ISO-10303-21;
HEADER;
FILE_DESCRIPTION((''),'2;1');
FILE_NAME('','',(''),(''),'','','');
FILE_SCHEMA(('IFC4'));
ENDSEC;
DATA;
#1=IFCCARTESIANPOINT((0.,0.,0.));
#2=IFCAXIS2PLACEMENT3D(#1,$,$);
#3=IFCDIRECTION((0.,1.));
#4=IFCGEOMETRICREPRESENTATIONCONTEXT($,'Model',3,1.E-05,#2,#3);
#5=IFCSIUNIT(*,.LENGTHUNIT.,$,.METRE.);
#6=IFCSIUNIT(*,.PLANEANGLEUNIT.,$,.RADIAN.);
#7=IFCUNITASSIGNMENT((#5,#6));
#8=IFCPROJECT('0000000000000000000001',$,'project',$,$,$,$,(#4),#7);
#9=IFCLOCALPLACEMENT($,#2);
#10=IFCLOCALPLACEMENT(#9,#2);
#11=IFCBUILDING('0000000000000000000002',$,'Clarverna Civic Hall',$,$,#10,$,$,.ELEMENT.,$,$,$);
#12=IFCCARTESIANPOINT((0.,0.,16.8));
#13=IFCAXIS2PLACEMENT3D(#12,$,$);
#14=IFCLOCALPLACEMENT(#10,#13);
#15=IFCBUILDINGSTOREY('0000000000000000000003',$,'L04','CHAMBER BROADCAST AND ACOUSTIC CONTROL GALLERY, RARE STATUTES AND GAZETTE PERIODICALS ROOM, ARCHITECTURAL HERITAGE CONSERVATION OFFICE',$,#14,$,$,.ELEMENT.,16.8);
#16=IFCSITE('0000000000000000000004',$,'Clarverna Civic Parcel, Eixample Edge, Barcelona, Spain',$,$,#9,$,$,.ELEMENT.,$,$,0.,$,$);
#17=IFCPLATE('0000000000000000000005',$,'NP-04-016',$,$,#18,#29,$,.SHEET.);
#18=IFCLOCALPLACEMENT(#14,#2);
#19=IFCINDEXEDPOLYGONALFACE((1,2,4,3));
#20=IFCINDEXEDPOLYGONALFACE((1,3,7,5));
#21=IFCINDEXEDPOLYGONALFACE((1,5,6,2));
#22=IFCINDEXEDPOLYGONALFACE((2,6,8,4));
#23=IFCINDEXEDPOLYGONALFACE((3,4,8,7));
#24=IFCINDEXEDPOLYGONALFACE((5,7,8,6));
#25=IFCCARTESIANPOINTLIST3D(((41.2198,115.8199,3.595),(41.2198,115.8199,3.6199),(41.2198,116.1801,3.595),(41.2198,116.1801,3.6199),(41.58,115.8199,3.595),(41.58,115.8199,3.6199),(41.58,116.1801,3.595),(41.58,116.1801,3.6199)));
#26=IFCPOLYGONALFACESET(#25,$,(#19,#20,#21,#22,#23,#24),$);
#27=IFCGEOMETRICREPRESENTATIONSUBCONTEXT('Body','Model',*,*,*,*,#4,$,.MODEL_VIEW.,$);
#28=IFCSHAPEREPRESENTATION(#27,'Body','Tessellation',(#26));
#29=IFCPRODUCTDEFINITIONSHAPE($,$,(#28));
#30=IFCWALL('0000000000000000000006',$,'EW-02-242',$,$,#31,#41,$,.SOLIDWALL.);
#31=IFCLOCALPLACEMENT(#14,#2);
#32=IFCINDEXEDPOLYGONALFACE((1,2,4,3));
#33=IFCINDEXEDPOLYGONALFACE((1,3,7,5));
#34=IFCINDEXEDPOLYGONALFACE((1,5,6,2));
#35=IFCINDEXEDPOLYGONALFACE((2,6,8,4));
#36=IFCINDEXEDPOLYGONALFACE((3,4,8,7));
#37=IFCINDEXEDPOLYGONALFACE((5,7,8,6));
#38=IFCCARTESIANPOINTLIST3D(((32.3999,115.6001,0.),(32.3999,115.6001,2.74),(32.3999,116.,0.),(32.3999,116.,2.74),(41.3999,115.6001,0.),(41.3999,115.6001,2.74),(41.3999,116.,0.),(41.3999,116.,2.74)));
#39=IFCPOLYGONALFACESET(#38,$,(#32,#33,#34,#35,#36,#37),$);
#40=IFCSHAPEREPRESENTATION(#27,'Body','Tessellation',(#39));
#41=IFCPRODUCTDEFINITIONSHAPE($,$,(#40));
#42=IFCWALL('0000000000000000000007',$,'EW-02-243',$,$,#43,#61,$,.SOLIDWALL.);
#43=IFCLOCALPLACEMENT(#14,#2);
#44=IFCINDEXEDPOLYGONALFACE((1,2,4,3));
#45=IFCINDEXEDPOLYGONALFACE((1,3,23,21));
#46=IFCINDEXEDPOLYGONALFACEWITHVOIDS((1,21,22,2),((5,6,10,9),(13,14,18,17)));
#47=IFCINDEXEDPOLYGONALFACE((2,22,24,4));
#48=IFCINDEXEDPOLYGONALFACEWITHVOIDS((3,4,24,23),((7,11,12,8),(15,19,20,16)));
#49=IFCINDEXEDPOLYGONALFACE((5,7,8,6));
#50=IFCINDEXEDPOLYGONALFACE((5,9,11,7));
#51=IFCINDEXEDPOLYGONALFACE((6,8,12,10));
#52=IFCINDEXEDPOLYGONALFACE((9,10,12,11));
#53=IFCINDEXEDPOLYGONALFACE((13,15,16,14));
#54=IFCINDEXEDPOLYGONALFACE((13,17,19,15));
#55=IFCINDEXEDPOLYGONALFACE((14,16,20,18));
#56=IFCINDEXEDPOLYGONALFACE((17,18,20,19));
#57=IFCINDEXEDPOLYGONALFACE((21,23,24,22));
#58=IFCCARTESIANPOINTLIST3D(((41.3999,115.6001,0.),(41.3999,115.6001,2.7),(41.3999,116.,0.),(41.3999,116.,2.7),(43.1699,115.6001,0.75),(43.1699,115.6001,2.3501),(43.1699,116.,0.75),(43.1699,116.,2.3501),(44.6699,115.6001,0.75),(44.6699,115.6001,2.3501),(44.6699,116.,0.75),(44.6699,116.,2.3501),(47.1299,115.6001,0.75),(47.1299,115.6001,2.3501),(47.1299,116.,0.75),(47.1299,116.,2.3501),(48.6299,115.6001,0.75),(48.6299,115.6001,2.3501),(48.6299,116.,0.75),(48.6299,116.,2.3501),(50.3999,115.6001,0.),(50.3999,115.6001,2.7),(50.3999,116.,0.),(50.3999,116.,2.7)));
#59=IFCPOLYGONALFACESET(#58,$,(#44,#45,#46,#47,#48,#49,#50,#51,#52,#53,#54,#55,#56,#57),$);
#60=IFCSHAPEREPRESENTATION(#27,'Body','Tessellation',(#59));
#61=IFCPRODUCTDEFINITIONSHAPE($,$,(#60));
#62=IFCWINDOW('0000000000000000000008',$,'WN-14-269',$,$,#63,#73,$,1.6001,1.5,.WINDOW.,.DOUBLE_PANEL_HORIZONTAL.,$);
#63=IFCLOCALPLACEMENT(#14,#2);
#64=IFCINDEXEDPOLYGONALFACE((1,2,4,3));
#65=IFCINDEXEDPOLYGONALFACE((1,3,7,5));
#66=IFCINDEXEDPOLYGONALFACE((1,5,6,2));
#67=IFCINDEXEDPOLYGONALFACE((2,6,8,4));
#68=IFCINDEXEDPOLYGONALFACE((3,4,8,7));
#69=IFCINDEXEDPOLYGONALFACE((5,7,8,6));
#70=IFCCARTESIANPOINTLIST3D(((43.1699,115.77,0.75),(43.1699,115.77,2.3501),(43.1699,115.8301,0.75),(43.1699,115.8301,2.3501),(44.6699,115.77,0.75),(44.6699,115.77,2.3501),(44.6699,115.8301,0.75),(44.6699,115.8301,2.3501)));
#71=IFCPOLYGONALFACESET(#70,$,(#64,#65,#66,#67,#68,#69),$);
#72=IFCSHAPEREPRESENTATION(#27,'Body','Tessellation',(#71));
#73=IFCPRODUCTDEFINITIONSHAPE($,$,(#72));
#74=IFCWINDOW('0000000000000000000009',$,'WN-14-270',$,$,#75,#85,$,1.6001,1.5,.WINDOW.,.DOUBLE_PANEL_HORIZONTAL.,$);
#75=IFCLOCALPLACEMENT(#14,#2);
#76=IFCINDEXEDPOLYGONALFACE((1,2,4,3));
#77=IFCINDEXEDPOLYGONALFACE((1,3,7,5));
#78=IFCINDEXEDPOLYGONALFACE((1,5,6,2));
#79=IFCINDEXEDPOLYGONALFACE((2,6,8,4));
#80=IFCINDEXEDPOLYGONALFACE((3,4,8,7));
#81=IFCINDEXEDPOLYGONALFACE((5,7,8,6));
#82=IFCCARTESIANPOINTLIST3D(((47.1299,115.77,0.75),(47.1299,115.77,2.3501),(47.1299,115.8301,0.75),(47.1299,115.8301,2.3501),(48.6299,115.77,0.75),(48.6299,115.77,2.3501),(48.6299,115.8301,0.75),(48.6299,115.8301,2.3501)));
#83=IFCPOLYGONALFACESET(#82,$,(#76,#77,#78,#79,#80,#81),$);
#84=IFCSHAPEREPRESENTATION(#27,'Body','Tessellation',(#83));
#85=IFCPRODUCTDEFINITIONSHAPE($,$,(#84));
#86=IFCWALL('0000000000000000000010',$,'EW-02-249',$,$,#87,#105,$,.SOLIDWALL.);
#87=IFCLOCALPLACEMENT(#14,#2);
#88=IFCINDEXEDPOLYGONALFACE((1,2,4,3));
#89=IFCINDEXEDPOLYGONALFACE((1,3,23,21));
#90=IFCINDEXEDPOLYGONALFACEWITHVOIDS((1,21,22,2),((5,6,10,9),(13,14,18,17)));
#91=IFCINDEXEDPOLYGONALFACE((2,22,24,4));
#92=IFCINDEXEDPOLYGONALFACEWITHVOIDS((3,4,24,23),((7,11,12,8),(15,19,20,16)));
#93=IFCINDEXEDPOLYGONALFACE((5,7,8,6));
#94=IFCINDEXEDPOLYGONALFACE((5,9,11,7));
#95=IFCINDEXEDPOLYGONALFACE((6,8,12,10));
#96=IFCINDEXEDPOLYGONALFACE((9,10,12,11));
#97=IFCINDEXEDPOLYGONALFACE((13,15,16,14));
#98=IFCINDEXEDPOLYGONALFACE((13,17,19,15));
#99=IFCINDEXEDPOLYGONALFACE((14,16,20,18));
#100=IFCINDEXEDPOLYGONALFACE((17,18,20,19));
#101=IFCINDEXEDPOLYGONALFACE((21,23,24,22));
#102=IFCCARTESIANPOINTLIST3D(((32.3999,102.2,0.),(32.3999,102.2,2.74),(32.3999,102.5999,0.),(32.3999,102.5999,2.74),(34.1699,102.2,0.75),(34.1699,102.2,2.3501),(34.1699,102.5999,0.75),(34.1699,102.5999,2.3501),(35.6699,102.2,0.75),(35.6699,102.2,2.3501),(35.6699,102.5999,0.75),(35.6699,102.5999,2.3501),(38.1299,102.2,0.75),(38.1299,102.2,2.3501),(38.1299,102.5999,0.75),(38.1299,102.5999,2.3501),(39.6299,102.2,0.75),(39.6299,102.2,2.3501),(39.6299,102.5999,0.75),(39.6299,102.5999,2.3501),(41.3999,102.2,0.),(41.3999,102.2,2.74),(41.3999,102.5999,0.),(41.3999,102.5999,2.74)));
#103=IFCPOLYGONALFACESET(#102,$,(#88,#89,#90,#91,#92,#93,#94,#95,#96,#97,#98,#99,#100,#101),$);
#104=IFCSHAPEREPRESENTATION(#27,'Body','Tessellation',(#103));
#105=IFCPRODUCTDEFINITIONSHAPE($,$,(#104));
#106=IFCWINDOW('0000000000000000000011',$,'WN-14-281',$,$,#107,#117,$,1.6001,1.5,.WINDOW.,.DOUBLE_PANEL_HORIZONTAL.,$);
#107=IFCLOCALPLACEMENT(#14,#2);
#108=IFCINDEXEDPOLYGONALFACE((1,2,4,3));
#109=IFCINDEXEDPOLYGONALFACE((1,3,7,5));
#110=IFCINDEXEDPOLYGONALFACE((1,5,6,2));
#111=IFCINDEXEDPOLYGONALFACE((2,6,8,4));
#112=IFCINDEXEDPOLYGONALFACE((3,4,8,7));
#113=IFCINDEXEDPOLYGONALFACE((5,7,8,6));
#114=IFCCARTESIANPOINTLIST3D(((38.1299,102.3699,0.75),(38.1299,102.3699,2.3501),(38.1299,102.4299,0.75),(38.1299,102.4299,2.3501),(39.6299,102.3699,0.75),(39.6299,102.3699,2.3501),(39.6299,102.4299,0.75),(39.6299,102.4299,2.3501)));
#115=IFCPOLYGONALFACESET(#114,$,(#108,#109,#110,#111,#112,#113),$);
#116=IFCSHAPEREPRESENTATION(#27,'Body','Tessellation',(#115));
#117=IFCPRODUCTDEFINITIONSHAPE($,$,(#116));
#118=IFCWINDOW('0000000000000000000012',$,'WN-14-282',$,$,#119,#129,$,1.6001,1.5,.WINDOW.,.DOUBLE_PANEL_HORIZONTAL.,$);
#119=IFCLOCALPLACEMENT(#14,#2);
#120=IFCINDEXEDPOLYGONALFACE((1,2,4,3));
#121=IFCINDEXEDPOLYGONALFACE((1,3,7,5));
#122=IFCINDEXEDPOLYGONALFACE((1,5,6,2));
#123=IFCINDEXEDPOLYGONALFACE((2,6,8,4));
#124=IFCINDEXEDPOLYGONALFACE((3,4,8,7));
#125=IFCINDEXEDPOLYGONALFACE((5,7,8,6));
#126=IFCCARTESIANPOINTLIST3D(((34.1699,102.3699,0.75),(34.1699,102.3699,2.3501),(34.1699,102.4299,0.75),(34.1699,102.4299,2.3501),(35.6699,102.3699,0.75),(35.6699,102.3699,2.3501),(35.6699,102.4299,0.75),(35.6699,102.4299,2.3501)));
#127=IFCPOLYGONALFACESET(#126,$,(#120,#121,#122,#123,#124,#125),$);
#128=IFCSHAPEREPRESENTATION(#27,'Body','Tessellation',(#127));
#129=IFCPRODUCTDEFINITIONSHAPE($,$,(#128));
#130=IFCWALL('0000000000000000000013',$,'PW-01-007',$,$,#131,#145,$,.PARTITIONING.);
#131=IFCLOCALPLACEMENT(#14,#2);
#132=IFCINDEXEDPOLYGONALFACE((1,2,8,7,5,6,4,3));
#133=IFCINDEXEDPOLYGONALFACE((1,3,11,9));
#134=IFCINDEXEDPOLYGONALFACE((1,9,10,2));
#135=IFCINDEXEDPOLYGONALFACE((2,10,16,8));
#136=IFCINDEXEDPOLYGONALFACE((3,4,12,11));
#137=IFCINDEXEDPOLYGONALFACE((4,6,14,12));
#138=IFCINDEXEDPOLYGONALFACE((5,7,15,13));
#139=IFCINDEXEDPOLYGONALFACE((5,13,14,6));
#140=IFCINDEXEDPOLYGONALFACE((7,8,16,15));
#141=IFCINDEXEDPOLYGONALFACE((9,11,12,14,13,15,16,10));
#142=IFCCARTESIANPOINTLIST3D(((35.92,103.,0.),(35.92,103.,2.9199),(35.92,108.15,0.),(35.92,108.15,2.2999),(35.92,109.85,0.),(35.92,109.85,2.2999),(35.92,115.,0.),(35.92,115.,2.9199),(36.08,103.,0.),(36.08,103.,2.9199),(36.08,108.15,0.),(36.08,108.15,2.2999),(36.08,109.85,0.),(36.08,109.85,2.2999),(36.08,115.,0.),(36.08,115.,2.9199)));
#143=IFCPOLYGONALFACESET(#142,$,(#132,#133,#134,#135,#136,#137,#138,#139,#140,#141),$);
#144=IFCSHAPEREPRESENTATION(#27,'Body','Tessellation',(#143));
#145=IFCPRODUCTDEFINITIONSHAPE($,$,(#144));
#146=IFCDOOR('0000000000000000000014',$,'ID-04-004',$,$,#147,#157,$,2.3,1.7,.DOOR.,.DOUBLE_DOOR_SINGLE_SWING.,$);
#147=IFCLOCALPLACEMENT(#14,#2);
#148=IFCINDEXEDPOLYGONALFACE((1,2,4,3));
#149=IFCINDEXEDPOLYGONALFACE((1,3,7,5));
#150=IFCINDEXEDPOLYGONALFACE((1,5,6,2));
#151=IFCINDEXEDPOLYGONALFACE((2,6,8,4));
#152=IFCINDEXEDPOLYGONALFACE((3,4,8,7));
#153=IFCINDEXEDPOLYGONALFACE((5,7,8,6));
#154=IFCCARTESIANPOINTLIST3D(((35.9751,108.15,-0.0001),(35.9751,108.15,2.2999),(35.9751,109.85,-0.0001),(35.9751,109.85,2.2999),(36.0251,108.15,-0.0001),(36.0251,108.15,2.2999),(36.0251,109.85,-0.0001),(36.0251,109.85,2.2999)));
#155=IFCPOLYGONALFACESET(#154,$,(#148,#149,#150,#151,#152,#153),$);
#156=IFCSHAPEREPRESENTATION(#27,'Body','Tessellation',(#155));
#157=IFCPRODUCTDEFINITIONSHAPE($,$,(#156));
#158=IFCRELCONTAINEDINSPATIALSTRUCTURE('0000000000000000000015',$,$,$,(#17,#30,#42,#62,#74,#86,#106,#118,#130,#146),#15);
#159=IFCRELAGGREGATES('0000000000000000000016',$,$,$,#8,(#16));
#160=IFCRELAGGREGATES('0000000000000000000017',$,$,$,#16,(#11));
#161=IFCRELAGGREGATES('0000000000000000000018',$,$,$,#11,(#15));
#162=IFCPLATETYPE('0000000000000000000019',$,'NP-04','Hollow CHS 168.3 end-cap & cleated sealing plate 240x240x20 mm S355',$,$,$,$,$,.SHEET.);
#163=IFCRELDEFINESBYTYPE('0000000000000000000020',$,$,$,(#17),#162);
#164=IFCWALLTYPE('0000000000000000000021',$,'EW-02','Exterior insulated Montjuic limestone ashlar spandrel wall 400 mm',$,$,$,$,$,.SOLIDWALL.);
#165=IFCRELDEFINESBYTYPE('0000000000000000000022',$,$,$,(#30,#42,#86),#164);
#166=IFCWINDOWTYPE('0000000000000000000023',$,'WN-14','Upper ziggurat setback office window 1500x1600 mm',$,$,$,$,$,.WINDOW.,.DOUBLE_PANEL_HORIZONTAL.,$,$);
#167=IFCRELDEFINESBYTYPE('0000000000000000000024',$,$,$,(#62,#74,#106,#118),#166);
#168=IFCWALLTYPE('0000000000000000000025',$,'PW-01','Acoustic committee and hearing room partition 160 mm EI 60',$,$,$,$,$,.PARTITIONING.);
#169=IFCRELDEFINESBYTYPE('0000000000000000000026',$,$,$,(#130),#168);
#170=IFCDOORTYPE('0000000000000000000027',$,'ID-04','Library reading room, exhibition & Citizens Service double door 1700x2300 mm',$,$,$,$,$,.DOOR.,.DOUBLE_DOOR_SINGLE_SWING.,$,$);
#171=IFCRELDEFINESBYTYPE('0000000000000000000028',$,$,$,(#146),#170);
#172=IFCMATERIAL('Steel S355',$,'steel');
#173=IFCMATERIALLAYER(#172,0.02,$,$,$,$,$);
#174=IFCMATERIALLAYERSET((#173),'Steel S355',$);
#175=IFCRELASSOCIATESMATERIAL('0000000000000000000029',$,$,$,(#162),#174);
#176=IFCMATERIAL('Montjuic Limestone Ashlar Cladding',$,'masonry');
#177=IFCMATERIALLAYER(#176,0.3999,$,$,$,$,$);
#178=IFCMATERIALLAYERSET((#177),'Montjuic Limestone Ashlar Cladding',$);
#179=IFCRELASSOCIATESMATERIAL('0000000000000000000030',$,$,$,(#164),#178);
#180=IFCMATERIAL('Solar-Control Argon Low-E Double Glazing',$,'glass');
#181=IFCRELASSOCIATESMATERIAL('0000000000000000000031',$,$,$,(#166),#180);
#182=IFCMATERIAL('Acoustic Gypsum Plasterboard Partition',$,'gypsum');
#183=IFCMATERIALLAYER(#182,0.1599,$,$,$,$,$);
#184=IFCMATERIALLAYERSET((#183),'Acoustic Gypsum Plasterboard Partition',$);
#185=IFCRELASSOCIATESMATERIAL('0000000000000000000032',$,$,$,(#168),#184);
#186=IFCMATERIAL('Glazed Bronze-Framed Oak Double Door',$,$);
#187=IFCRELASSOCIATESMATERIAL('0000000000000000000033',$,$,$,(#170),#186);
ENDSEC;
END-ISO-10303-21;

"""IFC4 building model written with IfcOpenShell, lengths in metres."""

from ifc_helpers import new_model, si_unit, direction, frame, frame_2d, origin, origin_2d, place, context, subcontext, project, spatial, rectangle, extrude, material, layer, layer_set, type_object, element, fill, save


model = new_model("IFC4")

# Units and contexts
model_context = context("Model", 3, precision=1e-05, world=origin(), true_north=direction((0.0, 1.0)))
body_context = subcontext(model_context, "Body", "Model", "MODEL_VIEW")
ifc_project = project(units=[si_unit("LENGTHUNIT", "METRE"), si_unit("PLANEANGLEUNIT", "RADIAN")], contexts=[model_context])

# Site, building, storey
site_placement = place(None, origin())
site = spatial("IfcSite", under=ifc_project, at=site_placement, Name="Clarverna Civic Parcel, Eixample Edge, Barcelona, Spain", CompositionType="ELEMENT", RefElevation=0.0)
building_placement = place(site_placement, origin())
building = spatial("IfcBuilding", under=site, at=building_placement, Name="Clarverna Civic Hall", CompositionType="ELEMENT")
storey_placement = place(building_placement, frame((0.0, 0.0, 16.8)))
storey = spatial("IfcBuildingStorey", under=building, at=storey_placement, Name="L04", Description="CHAMBER BROADCAST AND ACOUSTIC CONTROL GALLERY, RARE STATUTES AND GAZETTE PERIODICALS ROOM, ARCHITECTURAL HERITAGE CONSERVATION OFFICE", CompositionType="ELEMENT", Elevation=16.8)

# Shared definitions
ifc_material_1 = material(Name="Steel S355", Category="steel")

# Plate
ifc_layer_1 = layer(ifc_material_1, 0.02)
ifc_layer_set_1 = layer_set([ifc_layer_1], Name="Steel S355")
plate_type = type_object("IfcPlateType", Name="NP-04", Description="Hollow CHS 168.3 end-cap & cleated sealing plate 240x240x20 mm S355", PredefinedType="SHEET", material=ifc_layer_set_1)
plate_placement = place(storey_placement, frame((41.3999, 116.0, 3.595), z_axis=(0.0, 0.0, 1.0), x_axis=(1.0, 0.0, 0.0)))
element("IfcPlate", 1, at=plate_placement, inside=storey, type_object=plate_type, Name="NP-04-016", PredefinedType="SHEET", context=body_context, shape_type="SweptSolid", body=[
    extrude(rectangle(XDim=0.3601, YDim=0.3601, at=origin_2d()), origin(), (0.0, 0.0, 1.0), 0.0249),
])

# Wall
ifc_material_2 = material(Name="Montjuic Limestone Ashlar Cladding", Category="masonry")
ifc_layer_2 = layer(ifc_material_2, 0.3999)
ifc_layer_set_2 = layer_set([ifc_layer_2], Name="Montjuic Limestone Ashlar Cladding")
wall_type_1 = type_object("IfcWallType", Name="EW-02", Description="Exterior insulated Montjuic limestone ashlar spandrel wall 400 mm", PredefinedType="SOLIDWALL", material=ifc_layer_set_2)
wall_1_placement = place(storey_placement, frame((32.3999, 115.8, 0.0), z_axis=(0.0, 0.0, 1.0), x_axis=(1.0, 0.0, 0.0)))
element("IfcWall", 2, at=wall_1_placement, inside=storey, type_object=wall_type_1, Name="EW-02-242", PredefinedType="SOLIDWALL", context=body_context, shape_type="SweptSolid", body=[
    extrude(rectangle(XDim=9.0, YDim=0.3999, at=frame_2d((4.5, 0.0))), origin(), (0.0, 0.0, 1.0), 2.74),
])

# Walls, openings, windows
wall_2_placement = place(storey_placement, frame((41.3999, 115.8, 0.0), z_axis=(0.0, 0.0, 1.0), x_axis=(1.0, 0.0, 0.0)))
wall_2 = element("IfcWall", 3, at=wall_2_placement, inside=storey, type_object=wall_type_1, Name="EW-02-243", PredefinedType="SOLIDWALL", context=body_context, shape_type="SweptSolid", body=[
    extrude(rectangle(XDim=9.0, YDim=0.3999, at=frame_2d((4.5, 0.0))), origin(), (0.0, 0.0, 1.0), 2.7),
])
opening_1_placement = place(wall_2_placement, frame((1.77, 0.0, 0.75)))
opening_1 = element("IfcOpeningElement", 4, at=opening_1_placement, cuts=wall_2, PredefinedType="OPENING", context=body_context, shape_type="SweptSolid", body=[
    extrude(rectangle(XDim=1.5, YDim=1.6001, at=frame_2d((0.75, 0.8))), frame((0.0, 0.21, 0.0), z_axis=(0.0, -1.0, 0.0), x_axis=(1.0, 0.0, 0.0)), (0.0, 0.0, 1.0), 0.4199),
])
opening_2_placement = place(wall_2_placement, frame((5.73, 0.0, 0.75)))
opening_2 = element("IfcOpeningElement", 5, at=opening_2_placement, cuts=wall_2, PredefinedType="OPENING", context=body_context, shape_type="SweptSolid", body=[
    extrude(rectangle(XDim=1.5, YDim=1.6001, at=frame_2d((0.75, 0.8))), frame((0.0, 0.21, 0.0), z_axis=(0.0, -1.0, 0.0), x_axis=(1.0, 0.0, 0.0)), (0.0, 0.0, 1.0), 0.4199),
])
ifc_material_3 = material(Name="Solar-Control Argon Low-E Double Glazing", Category="glass")
window_type = type_object("IfcWindowType", Name="WN-14", Description="Upper ziggurat setback office window 1500x1600 mm", PartitioningType="DOUBLE_PANEL_HORIZONTAL", PredefinedType="WINDOW", material=ifc_material_3)
window_1_placement = place(opening_1_placement, origin())
window_1 = element("IfcWindow", 6, at=window_1_placement, inside=storey, type_object=window_type, Name="WN-14-269", OverallHeight=1.6001, OverallWidth=1.5, PartitioningType="DOUBLE_PANEL_HORIZONTAL", PredefinedType="WINDOW", context=body_context, shape_type="SweptSolid", body=[
    extrude(rectangle(XDim=1.5, YDim=1.6001, at=frame_2d((0.75, 0.8))), frame((0.0, 0.03, 0.0), z_axis=(0.0, -1.0, 0.0), x_axis=(1.0, 0.0, 0.0)), (0.0, 0.0, 1.0), 0.0601),
])
fill(opening_1, window_1)
window_2_placement = place(opening_2_placement, origin())
window_2 = element("IfcWindow", 7, at=window_2_placement, inside=storey, type_object=window_type, Name="WN-14-270", OverallHeight=1.6001, OverallWidth=1.5, PartitioningType="DOUBLE_PANEL_HORIZONTAL", PredefinedType="WINDOW", context=body_context, shape_type="SweptSolid", body=[
    extrude(rectangle(XDim=1.5, YDim=1.6001, at=frame_2d((0.75, 0.8))), frame((0.0, 0.03, 0.0), z_axis=(0.0, -1.0, 0.0), x_axis=(1.0, 0.0, 0.0)), (0.0, 0.0, 1.0), 0.0601),
])
fill(opening_2, window_2)
wall_3_placement = place(storey_placement, frame((41.3999, 102.3999, 0.0), z_axis=(0.0, 0.0, 1.0), x_axis=(-1.0, 0.0, 0.0)))
wall_3 = element("IfcWall", 8, at=wall_3_placement, inside=storey, type_object=wall_type_1, Name="EW-02-249", PredefinedType="SOLIDWALL", context=body_context, shape_type="SweptSolid", body=[
    extrude(rectangle(XDim=9.0, YDim=0.3999, at=frame_2d((4.5, 0.0))), origin(), (0.0, 0.0, 1.0), 2.74),
])
opening_3_placement = place(wall_3_placement, frame((1.77, 0.0, 0.75)))
opening_3 = element("IfcOpeningElement", 9, at=opening_3_placement, cuts=wall_3, PredefinedType="OPENING", context=body_context, shape_type="SweptSolid", body=[
    extrude(rectangle(XDim=1.5, YDim=1.6001, at=frame_2d((0.75, 0.8))), frame((0.0, 0.21, 0.0), z_axis=(0.0, -1.0, 0.0), x_axis=(1.0, 0.0, 0.0)), (0.0, 0.0, 1.0), 0.4199),
])
opening_4_placement = place(wall_3_placement, frame((5.73, 0.0, 0.75)))
opening_4 = element("IfcOpeningElement", 10, at=opening_4_placement, cuts=wall_3, PredefinedType="OPENING", context=body_context, shape_type="SweptSolid", body=[
    extrude(rectangle(XDim=1.5, YDim=1.6001, at=frame_2d((0.75, 0.8))), frame((0.0, 0.21, 0.0), z_axis=(0.0, -1.0, 0.0), x_axis=(1.0, 0.0, 0.0)), (0.0, 0.0, 1.0), 0.4199),
])
window_3_placement = place(opening_3_placement, origin())
window_3 = element("IfcWindow", 11, at=window_3_placement, inside=storey, type_object=window_type, Name="WN-14-281", OverallHeight=1.6001, OverallWidth=1.5, PartitioningType="DOUBLE_PANEL_HORIZONTAL", PredefinedType="WINDOW", context=body_context, shape_type="SweptSolid", body=[
    extrude(rectangle(XDim=1.5, YDim=1.6001, at=frame_2d((0.75, 0.8))), frame((0.0, 0.03, 0.0), z_axis=(0.0, -1.0, 0.0), x_axis=(1.0, 0.0, 0.0)), (0.0, 0.0, 1.0), 0.0601),
])
fill(opening_3, window_3)
window_4_placement = place(opening_4_placement, origin())
window_4 = element("IfcWindow", 12, at=window_4_placement, inside=storey, type_object=window_type, Name="WN-14-282", OverallHeight=1.6001, OverallWidth=1.5, PartitioningType="DOUBLE_PANEL_HORIZONTAL", PredefinedType="WINDOW", context=body_context, shape_type="SweptSolid", body=[
    extrude(rectangle(XDim=1.5, YDim=1.6001, at=frame_2d((0.75, 0.8))), frame((0.0, 0.03, 0.0), z_axis=(0.0, -1.0, 0.0), x_axis=(1.0, 0.0, 0.0)), (0.0, 0.0, 1.0), 0.0601),
])
fill(opening_4, window_4)

# Wall, opening, door
ifc_material_4 = material(Name="Acoustic Gypsum Plasterboard Partition", Category="gypsum")
ifc_layer_3 = layer(ifc_material_4, 0.1599)
ifc_layer_set_3 = layer_set([ifc_layer_3], Name="Acoustic Gypsum Plasterboard Partition")
wall_type_2 = type_object("IfcWallType", Name="PW-01", Description="Acoustic committee and hearing room partition 160 mm EI 60", PredefinedType="PARTITIONING", material=ifc_layer_set_3)
wall_4_placement = place(storey_placement, frame((36.0, 103.0, 0.0), z_axis=(0.0, 0.0, 1.0), x_axis=(0.0, 1.0, 0.0)))
wall_4 = element("IfcWall", 13, at=wall_4_placement, inside=storey, type_object=wall_type_2, Name="PW-01-007", PredefinedType="PARTITIONING", context=body_context, shape_type="SweptSolid", body=[
    extrude(rectangle(XDim=12.0, YDim=0.1599, at=frame_2d((6.0, 0.0))), origin(), (0.0, 0.0, 1.0), 2.9199),
])
opening_5_placement = place(wall_4_placement, frame((5.1499, 0.0, 0.0)))
opening_5 = element("IfcOpeningElement", 14, at=opening_5_placement, cuts=wall_4, PredefinedType="OPENING", context=body_context, shape_type="SweptSolid", body=[
    extrude(rectangle(XDim=1.7, YDim=2.3, at=frame_2d((0.8501, 1.1499))), frame((0.0, 0.0898, 0.0), z_axis=(0.0, -1.0, 0.0), x_axis=(1.0, 0.0, 0.0)), (0.0, 0.0, 1.0), 0.1799),
])
ifc_material_5 = material(Name="Glazed Bronze-Framed Oak Double Door")
door_type = type_object("IfcDoorType", Name="ID-04", Description="Library reading room, exhibition & Citizens Service double door 1700x2300 mm", OperationType="DOUBLE_DOOR_SINGLE_SWING", PredefinedType="DOOR", material=ifc_material_5)
door_placement = place(opening_5_placement, origin())
door = element("IfcDoor", 15, at=door_placement, inside=storey, type_object=door_type, Name="ID-04-004", OperationType="DOUBLE_DOOR_SINGLE_SWING", OverallHeight=2.3, OverallWidth=1.7, PredefinedType="DOOR", context=body_context, shape_type="SweptSolid", body=[
    extrude(rectangle(XDim=1.7, YDim=2.3, at=frame_2d((0.8501, 1.1499))), frame((0.0, 0.0249, 0.0), z_axis=(0.0, -1.0, 0.0), x_axis=(1.0, 0.0, 0.0)), (0.0, 0.0, 1.0), 0.05),
])
fill(opening_5, door)

save(model, "model.ifc")
